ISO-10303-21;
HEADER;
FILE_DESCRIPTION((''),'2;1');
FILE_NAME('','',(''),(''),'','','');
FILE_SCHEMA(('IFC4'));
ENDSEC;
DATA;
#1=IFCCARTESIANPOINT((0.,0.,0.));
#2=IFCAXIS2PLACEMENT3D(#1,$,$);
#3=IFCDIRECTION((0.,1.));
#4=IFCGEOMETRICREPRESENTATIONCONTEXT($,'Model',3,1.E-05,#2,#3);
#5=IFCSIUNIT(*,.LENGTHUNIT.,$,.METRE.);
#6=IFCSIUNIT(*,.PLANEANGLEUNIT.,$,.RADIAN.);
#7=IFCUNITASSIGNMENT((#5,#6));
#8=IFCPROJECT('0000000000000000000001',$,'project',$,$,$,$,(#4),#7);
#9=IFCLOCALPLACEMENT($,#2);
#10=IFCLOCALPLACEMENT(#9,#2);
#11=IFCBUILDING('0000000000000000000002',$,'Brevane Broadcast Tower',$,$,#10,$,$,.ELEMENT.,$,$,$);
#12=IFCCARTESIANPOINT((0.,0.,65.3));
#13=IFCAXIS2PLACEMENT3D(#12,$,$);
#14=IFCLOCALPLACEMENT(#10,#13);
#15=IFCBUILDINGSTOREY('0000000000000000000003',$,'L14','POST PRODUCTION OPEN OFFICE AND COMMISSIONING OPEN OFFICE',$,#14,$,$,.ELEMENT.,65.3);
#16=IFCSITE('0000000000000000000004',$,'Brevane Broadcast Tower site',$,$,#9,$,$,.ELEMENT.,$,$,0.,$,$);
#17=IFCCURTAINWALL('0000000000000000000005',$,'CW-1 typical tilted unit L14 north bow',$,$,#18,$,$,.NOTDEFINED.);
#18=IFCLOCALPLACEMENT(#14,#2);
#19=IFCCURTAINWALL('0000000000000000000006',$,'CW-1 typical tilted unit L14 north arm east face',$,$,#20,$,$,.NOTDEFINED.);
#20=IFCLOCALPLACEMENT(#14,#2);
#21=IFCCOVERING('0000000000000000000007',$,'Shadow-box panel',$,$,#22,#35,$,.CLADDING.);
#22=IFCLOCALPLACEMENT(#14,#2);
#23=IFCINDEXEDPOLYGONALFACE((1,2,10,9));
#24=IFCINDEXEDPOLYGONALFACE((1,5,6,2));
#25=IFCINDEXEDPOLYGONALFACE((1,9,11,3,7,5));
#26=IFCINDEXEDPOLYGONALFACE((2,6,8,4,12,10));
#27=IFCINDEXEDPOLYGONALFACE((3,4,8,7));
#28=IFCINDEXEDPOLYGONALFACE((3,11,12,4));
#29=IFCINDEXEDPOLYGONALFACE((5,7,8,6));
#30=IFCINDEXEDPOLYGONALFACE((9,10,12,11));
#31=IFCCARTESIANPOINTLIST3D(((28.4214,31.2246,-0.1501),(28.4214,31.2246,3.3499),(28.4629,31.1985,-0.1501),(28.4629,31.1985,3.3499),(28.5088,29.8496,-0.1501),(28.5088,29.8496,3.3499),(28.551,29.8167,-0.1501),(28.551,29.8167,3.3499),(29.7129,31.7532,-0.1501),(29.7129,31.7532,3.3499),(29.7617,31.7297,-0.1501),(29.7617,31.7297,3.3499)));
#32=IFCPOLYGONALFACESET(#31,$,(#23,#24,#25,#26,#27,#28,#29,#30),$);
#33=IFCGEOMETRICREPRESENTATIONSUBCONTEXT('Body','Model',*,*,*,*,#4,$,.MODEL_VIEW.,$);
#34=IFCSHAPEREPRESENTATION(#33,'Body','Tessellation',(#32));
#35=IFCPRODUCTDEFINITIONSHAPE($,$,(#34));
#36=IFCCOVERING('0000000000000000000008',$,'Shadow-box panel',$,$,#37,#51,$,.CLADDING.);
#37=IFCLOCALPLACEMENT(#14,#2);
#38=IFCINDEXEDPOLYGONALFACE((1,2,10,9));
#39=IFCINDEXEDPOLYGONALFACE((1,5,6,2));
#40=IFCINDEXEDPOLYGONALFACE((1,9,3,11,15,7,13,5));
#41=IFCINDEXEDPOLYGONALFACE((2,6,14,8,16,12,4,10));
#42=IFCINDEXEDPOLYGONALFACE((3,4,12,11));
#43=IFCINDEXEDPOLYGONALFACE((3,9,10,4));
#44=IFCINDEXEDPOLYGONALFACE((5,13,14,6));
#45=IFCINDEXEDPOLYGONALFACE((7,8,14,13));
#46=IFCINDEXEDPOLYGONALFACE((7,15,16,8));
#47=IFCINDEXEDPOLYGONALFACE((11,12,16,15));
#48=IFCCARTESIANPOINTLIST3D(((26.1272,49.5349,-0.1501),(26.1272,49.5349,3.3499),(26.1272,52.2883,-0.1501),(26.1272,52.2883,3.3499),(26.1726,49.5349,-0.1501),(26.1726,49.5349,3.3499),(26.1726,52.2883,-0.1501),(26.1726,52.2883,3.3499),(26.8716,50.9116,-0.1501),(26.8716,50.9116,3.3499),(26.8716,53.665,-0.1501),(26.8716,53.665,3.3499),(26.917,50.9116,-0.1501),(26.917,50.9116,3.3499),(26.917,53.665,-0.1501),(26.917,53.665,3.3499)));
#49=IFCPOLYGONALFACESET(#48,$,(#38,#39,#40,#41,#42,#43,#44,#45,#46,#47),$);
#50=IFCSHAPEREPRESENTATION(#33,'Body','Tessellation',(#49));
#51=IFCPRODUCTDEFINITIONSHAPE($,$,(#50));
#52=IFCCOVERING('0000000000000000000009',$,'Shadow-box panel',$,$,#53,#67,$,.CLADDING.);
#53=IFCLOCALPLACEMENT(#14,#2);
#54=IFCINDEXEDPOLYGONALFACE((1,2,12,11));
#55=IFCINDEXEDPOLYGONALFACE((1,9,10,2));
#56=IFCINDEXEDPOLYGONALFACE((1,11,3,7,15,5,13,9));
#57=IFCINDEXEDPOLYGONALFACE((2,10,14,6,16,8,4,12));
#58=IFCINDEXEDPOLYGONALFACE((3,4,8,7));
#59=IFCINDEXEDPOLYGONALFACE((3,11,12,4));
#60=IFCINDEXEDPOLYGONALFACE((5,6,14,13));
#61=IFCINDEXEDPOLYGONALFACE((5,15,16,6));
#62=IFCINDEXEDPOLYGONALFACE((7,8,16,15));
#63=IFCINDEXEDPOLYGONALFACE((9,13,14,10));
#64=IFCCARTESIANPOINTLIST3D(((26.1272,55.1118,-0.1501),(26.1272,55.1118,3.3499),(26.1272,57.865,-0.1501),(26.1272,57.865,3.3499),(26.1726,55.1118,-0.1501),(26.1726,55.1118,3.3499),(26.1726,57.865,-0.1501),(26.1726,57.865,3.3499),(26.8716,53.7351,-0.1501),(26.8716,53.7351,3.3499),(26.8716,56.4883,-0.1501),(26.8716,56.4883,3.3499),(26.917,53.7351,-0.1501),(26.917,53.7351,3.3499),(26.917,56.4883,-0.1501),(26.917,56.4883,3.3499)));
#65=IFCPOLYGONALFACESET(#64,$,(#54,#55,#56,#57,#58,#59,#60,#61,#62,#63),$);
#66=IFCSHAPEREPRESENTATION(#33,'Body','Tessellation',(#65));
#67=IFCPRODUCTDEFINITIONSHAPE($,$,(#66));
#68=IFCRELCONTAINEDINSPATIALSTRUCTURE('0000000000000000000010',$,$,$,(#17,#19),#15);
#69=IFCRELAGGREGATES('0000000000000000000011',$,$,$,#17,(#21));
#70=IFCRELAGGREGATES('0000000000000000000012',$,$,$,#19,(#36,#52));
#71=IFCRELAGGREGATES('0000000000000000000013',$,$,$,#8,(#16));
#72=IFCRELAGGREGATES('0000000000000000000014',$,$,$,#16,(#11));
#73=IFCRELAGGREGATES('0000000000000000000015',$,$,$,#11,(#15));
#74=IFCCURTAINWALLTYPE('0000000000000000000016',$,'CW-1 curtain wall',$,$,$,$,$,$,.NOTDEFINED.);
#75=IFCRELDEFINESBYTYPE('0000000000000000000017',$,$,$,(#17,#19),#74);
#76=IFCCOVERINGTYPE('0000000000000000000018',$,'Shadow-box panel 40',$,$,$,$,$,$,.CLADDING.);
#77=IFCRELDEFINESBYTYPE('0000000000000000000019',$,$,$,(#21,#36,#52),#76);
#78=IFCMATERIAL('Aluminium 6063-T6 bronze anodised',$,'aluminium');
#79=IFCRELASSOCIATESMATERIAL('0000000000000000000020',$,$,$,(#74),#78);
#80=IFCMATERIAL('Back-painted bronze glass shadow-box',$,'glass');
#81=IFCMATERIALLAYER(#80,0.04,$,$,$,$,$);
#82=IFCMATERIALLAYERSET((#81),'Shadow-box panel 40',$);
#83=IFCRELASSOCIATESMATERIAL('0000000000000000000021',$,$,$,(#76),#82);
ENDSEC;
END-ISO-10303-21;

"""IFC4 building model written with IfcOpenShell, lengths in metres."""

from ifc_helpers import new_model, si_unit, direction, frame, origin, place, context, subcontext, project, spatial, polyline, outline, extrude, material, layer, layer_set, type_object, element, aggregate, save


model = new_model("IFC4")

# Units and contexts
model_context = context("Model", 3, precision=1e-05, world=origin(), true_north=direction((0.0, 1.0)))
body_context = subcontext(model_context, "Body", "Model", "MODEL_VIEW")
ifc_project = project(units=[si_unit("LENGTHUNIT", "METRE"), si_unit("PLANEANGLEUNIT", "RADIAN")], contexts=[model_context])

# Site, building, storey
site_placement = place(None, origin())
site = spatial("IfcSite", under=ifc_project, at=site_placement, Name="Brevane Broadcast Tower site", CompositionType="ELEMENT", RefElevation=0.0)
building_placement = place(site_placement, origin())
building = spatial("IfcBuilding", under=site, at=building_placement, Name="Brevane Broadcast Tower", CompositionType="ELEMENT")
storey_placement = place(building_placement, frame((0.0, 0.0, 65.3)))
storey = spatial("IfcBuildingStorey", under=building, at=storey_placement, Name="L14", Description="POST PRODUCTION OPEN OFFICE AND COMMISSIONING OPEN OFFICE", CompositionType="ELEMENT", Elevation=65.3)

# Shared definitions
ifc_material_1 = material(Name="Aluminium 6063-T6 bronze anodised", Category="aluminium")
curtain_wall_type = type_object("IfcCurtainWallType", Name="CW-1 curtain wall", PredefinedType="NOTDEFINED", material=ifc_material_1)

# Curtain walls
curtain_wall_1_placement = place(storey_placement, origin())
curtain_wall_1 = element("IfcCurtainWall", 1, at=curtain_wall_1_placement, inside=storey, type_object=curtain_wall_type, Name="CW-1 typical tilted unit L14 north bow", PredefinedType="NOTDEFINED")
curtain_wall_2_placement = place(storey_placement, origin())
curtain_wall_2 = element("IfcCurtainWall", 2, at=curtain_wall_2_placement, inside=storey, type_object=curtain_wall_type, Name="CW-1 typical tilted unit L14 north arm east face", PredefinedType="NOTDEFINED")

# Coverings
ifc_material_2 = material(Name="Back-painted bronze glass shadow-box", Category="glass")
ifc_layer_1 = layer(ifc_material_2, 0.04)
ifc_layer_set_1 = layer_set([ifc_layer_1], Name="Shadow-box panel 40")
covering_type = type_object("IfcCoveringType", Name="Shadow-box panel 40", PredefinedType="CLADDING", material=ifc_layer_set_1)
covering_1_placement = place(storey_placement, frame((0.0, 0.0, -0.1501)))
covering_1 = element("IfcCovering", 3, at=covering_1_placement, type_object=covering_type, Name="Shadow-box panel", PredefinedType="CLADDING", context=body_context, shape_type="SweptSolid", body=[
    extrude(outline(polyline([(28.5088, 29.8496), (28.551, 29.8167), (28.4629, 31.1985), (29.7617, 31.7297), (29.7129, 31.7532), (28.4214, 31.2246), (28.5088, 29.8496)])), origin(), (0.0, 0.0, 1.0), 3.5),
])
aggregate(curtain_wall_1, [covering_1])
covering_2_placement = place(storey_placement, frame((0.0, 0.0, -0.1501)))
covering_2 = element("IfcCovering", 4, at=covering_2_placement, type_object=covering_type, Name="Shadow-box panel", PredefinedType="CLADDING", context=body_context, shape_type="SweptSolid", body=[
    extrude(outline(polyline([(26.1272, 49.5349), (26.1726, 49.5349), (26.917, 50.9116), (26.1726, 52.2883), (26.917, 53.665), (26.8716, 53.665), (26.1272, 52.2883), (26.8716, 50.9116), (26.1272, 49.5349)])), origin(), (0.0, 0.0, 1.0), 3.5),
])
covering_3_placement = place(storey_placement, frame((0.0, 0.0, -0.1501)))
covering_3 = element("IfcCovering", 5, at=covering_3_placement, type_object=covering_type, Name="Shadow-box panel", PredefinedType="CLADDING", context=body_context, shape_type="SweptSolid", body=[
    extrude(outline(polyline([(26.8716, 53.7351), (26.917, 53.7351), (26.1726, 55.1118), (26.917, 56.4883), (26.1726, 57.865), (26.1272, 57.865), (26.8716, 56.4883), (26.1272, 55.1118), (26.8716, 53.7351)])), origin(), (0.0, 0.0, 1.0), 3.5),
])
aggregate(curtain_wall_2, [covering_2, covering_3])

save(model, "model.ifc")
